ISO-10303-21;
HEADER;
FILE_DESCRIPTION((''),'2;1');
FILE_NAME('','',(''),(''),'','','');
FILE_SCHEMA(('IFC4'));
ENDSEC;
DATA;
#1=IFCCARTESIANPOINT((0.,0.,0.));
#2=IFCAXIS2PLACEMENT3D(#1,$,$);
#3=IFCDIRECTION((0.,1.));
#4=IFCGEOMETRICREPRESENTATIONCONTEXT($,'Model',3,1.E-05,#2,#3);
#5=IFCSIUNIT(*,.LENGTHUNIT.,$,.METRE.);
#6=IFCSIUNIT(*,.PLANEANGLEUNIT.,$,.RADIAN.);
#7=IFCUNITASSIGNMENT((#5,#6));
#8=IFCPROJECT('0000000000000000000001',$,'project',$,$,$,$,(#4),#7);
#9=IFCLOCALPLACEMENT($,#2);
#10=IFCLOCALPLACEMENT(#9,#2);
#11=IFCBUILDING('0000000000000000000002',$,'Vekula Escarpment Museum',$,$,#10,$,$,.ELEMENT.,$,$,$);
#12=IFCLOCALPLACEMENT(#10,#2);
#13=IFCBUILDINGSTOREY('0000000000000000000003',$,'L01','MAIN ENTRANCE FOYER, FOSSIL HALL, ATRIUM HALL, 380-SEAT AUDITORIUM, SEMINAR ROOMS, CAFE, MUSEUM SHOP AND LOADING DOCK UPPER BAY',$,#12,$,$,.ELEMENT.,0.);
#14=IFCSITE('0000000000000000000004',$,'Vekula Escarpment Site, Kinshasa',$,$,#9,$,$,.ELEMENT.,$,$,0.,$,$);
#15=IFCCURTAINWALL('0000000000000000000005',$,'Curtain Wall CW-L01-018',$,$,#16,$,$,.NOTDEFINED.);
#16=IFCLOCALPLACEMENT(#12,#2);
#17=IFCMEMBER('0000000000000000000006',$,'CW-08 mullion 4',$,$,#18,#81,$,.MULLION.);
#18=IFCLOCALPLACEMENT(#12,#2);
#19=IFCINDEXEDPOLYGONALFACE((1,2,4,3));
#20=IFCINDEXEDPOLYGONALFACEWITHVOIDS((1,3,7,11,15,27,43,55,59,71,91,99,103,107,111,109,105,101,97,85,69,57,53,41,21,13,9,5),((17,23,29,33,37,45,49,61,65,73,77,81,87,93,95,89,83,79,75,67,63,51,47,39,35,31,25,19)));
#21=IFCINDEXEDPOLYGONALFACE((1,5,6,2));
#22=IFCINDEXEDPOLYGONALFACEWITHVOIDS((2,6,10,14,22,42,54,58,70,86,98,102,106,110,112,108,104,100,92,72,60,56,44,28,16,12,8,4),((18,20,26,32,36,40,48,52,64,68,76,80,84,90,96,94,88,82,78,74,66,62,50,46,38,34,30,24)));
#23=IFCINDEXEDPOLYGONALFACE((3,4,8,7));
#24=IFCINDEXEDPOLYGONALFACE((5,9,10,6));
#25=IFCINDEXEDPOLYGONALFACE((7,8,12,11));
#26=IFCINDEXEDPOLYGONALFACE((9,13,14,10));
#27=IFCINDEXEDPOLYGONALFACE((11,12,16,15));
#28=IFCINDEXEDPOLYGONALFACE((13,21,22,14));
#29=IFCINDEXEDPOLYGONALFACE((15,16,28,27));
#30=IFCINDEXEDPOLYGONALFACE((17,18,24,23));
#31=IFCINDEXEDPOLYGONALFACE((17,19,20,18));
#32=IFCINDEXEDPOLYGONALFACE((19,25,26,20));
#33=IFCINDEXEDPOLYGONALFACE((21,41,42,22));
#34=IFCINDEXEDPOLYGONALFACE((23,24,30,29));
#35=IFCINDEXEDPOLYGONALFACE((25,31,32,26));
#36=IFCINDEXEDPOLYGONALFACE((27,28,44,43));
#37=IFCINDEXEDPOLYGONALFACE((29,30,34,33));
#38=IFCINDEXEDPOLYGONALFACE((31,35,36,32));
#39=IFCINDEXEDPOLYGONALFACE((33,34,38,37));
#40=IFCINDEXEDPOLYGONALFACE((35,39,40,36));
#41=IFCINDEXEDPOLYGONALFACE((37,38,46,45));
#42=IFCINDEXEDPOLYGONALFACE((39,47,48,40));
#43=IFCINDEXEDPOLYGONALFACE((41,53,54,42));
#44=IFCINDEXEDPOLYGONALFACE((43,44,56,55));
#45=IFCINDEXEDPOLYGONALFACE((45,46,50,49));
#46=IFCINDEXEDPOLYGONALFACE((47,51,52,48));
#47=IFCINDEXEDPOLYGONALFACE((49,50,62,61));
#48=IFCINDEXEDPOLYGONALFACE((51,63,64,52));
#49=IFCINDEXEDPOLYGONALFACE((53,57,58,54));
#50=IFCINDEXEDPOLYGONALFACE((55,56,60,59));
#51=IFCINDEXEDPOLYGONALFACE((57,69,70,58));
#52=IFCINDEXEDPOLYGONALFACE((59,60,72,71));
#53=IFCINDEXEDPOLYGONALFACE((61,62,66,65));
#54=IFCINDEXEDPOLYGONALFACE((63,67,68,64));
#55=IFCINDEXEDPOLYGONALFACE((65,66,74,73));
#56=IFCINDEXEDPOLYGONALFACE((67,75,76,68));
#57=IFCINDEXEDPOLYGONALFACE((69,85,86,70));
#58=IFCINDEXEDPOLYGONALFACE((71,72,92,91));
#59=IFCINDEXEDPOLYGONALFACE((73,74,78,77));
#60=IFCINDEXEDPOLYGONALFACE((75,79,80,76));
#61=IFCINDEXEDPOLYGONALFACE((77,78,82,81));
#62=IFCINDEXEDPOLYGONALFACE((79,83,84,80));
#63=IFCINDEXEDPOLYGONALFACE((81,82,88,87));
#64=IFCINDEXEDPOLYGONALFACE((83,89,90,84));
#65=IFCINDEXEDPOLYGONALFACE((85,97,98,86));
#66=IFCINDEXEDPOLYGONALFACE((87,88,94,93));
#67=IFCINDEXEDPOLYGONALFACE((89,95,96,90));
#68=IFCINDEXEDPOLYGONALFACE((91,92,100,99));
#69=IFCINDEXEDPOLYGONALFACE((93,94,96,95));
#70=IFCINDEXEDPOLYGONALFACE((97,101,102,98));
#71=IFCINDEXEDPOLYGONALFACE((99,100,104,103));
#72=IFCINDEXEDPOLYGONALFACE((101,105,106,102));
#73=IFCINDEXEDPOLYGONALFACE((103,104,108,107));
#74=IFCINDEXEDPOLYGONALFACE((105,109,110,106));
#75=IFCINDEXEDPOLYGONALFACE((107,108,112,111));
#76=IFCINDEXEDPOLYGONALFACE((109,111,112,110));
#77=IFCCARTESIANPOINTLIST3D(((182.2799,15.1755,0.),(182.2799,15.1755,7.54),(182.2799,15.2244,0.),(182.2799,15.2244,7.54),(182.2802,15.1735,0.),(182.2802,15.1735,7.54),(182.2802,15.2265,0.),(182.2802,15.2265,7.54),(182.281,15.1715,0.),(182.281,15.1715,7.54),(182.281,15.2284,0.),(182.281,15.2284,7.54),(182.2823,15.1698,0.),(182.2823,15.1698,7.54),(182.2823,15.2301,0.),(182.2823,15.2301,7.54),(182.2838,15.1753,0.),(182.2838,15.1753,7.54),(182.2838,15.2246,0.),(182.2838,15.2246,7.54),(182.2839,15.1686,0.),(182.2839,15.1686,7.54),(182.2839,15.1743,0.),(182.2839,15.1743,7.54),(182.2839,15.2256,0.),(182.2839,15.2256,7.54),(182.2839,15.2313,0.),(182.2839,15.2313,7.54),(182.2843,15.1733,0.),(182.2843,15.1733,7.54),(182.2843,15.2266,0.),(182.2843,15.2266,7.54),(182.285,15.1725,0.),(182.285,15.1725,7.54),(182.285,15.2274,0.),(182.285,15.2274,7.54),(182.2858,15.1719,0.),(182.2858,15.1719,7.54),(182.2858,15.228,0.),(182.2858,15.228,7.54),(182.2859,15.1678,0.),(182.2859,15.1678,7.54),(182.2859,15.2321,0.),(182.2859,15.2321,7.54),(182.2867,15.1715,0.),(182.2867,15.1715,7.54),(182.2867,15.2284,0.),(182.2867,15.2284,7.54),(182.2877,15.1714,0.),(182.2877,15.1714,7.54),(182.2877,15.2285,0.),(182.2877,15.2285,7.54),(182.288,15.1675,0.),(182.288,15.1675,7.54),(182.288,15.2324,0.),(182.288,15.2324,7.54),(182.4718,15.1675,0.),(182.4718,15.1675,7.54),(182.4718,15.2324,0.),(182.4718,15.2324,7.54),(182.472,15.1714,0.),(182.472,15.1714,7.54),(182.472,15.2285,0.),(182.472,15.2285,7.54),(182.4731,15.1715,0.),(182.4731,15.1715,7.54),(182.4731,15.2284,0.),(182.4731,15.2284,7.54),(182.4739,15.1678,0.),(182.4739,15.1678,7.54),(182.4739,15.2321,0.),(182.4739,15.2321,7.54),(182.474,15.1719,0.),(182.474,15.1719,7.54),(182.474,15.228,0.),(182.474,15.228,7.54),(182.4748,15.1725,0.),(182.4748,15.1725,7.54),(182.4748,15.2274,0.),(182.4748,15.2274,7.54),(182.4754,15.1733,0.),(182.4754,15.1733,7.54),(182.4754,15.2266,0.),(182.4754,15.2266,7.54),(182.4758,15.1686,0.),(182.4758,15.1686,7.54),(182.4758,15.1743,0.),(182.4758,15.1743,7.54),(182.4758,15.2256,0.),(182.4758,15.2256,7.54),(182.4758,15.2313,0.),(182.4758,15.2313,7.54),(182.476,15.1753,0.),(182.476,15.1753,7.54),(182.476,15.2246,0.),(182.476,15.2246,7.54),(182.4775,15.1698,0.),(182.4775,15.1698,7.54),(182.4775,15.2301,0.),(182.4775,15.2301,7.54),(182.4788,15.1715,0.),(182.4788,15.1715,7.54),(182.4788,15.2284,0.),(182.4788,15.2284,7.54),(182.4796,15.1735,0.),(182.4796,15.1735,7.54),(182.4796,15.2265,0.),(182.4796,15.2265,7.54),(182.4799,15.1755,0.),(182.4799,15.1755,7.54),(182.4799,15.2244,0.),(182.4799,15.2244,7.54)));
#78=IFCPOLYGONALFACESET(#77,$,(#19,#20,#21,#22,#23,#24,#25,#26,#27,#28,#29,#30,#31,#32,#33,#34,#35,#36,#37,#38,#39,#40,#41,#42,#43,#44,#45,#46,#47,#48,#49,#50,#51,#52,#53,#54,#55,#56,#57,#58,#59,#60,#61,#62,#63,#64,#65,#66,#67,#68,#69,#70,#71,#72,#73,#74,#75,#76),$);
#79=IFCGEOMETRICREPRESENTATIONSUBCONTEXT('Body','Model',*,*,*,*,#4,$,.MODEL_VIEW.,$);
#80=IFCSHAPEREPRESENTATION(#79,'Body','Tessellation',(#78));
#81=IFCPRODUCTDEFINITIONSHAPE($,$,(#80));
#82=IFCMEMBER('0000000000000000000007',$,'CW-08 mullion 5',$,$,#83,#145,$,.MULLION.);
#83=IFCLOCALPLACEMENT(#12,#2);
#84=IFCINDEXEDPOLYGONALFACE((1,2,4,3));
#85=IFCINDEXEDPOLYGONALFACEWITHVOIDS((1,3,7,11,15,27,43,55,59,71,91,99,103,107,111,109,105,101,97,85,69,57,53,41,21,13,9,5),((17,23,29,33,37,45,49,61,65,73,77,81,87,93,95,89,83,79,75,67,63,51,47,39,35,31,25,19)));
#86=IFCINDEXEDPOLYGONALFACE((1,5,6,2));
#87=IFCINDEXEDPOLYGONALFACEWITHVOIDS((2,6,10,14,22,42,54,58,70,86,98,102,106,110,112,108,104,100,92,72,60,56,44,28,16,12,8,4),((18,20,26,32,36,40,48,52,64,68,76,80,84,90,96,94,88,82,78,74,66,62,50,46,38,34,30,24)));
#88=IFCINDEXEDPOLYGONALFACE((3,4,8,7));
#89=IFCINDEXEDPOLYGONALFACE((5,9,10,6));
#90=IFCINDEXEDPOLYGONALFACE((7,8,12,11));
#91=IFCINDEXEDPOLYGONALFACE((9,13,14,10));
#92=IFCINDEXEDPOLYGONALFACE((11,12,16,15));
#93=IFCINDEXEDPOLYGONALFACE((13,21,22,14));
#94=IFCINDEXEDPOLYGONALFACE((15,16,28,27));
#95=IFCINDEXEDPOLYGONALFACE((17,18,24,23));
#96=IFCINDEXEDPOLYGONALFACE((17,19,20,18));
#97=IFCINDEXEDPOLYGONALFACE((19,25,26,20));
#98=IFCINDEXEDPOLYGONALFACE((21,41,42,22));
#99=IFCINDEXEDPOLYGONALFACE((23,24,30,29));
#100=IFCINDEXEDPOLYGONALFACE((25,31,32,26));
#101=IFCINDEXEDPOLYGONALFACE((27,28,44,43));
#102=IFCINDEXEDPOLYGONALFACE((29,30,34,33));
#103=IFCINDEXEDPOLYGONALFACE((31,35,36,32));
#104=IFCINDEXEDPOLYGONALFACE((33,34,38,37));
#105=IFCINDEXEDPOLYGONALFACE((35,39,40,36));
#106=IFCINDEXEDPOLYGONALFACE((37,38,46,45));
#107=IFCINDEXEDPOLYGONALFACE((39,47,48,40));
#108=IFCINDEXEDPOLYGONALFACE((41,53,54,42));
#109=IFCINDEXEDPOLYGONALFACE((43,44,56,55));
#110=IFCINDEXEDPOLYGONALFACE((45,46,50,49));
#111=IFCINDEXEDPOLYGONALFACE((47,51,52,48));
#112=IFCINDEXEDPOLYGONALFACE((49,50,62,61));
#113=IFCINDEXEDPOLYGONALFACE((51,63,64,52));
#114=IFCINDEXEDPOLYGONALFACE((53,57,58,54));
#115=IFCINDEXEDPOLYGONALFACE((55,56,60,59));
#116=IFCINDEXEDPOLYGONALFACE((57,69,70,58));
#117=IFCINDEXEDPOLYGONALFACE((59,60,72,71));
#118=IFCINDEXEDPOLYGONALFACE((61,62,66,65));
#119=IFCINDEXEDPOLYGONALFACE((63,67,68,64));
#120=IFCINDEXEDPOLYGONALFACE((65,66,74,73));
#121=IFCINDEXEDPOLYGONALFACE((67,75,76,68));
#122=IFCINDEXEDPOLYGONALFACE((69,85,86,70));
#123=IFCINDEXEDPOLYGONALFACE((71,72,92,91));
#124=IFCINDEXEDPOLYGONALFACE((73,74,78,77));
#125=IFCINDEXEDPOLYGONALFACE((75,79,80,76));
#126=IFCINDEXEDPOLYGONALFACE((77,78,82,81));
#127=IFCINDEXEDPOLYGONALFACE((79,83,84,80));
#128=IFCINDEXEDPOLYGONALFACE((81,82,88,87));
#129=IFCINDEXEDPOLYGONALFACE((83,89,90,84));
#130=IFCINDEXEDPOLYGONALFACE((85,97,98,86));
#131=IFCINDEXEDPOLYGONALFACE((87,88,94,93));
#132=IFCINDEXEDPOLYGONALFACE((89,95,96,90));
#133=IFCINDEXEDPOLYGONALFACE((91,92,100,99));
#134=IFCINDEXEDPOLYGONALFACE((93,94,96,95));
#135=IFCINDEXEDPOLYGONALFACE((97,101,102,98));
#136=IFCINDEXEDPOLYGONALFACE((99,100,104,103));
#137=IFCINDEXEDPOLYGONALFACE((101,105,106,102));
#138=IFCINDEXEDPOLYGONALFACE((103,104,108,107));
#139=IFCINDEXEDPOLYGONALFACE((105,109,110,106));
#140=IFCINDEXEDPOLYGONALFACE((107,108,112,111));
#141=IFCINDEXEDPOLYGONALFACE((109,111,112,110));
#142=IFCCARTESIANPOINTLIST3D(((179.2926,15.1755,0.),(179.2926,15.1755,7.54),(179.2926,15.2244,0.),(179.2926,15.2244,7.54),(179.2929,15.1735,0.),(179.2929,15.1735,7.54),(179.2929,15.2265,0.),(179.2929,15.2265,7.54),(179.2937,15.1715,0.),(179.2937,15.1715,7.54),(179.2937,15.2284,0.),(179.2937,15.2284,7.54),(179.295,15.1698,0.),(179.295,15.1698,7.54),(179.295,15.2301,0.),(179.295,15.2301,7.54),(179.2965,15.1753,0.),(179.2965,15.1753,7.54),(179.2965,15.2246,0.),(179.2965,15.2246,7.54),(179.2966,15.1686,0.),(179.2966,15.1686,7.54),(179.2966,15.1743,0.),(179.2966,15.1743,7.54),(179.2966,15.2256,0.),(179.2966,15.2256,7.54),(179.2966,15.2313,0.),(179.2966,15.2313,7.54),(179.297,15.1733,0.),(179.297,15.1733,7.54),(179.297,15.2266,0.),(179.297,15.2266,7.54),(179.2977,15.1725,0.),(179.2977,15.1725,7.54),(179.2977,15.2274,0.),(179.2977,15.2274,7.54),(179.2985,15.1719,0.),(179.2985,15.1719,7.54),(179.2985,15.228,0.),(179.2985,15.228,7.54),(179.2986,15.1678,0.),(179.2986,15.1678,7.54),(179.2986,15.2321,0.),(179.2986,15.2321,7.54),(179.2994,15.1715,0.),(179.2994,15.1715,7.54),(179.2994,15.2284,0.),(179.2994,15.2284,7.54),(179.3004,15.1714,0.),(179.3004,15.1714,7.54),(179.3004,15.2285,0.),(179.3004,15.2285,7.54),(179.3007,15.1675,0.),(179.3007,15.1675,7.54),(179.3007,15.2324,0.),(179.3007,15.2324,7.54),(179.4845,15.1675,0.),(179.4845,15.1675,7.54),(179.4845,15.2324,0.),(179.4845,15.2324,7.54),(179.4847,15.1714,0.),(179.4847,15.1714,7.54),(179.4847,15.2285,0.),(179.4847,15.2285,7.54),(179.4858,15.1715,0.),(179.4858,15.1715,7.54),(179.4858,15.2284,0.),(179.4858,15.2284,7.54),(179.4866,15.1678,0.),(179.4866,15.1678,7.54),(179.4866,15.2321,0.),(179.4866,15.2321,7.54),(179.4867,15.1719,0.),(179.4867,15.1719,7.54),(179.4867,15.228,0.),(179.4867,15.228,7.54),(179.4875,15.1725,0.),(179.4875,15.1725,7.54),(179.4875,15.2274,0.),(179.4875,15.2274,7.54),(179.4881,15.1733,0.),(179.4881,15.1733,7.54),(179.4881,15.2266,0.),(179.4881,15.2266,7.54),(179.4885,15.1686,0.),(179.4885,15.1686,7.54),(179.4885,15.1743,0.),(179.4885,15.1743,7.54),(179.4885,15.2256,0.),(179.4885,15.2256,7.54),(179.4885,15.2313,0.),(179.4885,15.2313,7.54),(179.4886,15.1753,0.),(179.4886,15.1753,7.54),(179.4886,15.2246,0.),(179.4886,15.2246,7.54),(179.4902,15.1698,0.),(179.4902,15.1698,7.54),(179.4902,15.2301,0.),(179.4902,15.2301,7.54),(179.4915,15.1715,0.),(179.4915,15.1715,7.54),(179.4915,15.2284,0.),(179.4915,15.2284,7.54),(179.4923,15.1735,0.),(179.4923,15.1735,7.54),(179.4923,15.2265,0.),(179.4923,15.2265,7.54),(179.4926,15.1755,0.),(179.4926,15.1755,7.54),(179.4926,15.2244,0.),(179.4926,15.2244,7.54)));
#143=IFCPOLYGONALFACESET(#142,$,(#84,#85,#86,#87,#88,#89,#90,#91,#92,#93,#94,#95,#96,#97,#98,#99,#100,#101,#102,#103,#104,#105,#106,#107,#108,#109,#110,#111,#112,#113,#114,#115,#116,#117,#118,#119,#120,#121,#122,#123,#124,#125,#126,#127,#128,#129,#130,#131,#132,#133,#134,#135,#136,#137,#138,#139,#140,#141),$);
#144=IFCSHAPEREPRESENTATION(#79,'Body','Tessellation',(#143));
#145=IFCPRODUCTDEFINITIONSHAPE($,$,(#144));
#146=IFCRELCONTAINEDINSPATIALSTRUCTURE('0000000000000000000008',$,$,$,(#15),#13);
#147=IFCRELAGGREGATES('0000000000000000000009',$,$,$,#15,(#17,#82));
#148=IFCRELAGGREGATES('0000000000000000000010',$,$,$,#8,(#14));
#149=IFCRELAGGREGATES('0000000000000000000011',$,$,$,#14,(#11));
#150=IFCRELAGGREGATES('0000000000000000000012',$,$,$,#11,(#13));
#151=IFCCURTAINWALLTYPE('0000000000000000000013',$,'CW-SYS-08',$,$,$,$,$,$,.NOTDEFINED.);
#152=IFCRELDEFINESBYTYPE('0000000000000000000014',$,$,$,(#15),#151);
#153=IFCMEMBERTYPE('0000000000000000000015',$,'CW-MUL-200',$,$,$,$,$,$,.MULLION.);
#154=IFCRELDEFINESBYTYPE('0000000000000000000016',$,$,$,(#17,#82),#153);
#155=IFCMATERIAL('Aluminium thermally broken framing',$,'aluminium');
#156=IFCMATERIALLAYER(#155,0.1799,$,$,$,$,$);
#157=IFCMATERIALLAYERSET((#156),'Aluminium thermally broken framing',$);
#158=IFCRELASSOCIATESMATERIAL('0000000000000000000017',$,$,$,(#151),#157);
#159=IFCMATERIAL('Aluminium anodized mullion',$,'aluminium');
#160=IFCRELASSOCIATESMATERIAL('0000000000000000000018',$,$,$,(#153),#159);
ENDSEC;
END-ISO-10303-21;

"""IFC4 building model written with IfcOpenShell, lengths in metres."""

from ifc_helpers import new_model, si_unit, direction, frame, origin, origin_2d, place, context, subcontext, project, spatial, hollow_rectangle, extrude, material, layer, layer_set, material_profile, profile_set, type_object, element, aggregate, save


model = new_model("IFC4")

# Units and contexts
model_context = context("Model", 3, precision=1e-05, world=origin(), true_north=direction((0.0, 1.0)))
body_context = subcontext(model_context, "Body", "Model", "MODEL_VIEW")
ifc_project = project(units=[si_unit("LENGTHUNIT", "METRE"), si_unit("PLANEANGLEUNIT", "RADIAN")], contexts=[model_context])

# Site, building, storey
site_placement = place(None, origin())
site = spatial("IfcSite", under=ifc_project, at=site_placement, Name="Vekula Escarpment Site, Kinshasa", CompositionType="ELEMENT", RefElevation=0.0)
building_placement = place(site_placement, origin())
building = spatial("IfcBuilding", under=site, at=building_placement, Name="Vekula Escarpment Museum", CompositionType="ELEMENT")
storey_placement = place(building_placement, origin())
storey = spatial("IfcBuildingStorey", under=building, at=storey_placement, Name="L01", Description="MAIN ENTRANCE FOYER, FOSSIL HALL, ATRIUM HALL, 380-SEAT AUDITORIUM, SEMINAR ROOMS, CAFE, MUSEUM SHOP AND LOADING DOCK UPPER BAY", CompositionType="ELEMENT", Elevation=0.0)

# Curtain wall, members
ifc_material_1 = material(Name="Aluminium thermally broken framing", Category="aluminium")
ifc_layer_1 = layer(ifc_material_1, 0.1799)
ifc_layer_set_1 = layer_set([ifc_layer_1], Name="Aluminium thermally broken framing")
curtain_wall_type = type_object("IfcCurtainWallType", Name="CW-SYS-08", PredefinedType="NOTDEFINED", material=ifc_layer_set_1)
curtain_wall_placement = place(storey_placement, origin())
curtain_wall = element("IfcCurtainWall", 1, at=curtain_wall_placement, inside=storey, type_object=curtain_wall_type, Name="Curtain Wall CW-L01-018", PredefinedType="NOTDEFINED")
ifc_material_2 = material(Name="Aluminium anodized mullion", Category="aluminium")
ifc_material_profile_1 = material_profile(ifc_material_2, hollow_rectangle(XDim=0.0649, YDim=0.2, WallThickness=0.0039, InnerFilletRadius=0.0039, OuterFilletRadius=0.0081, at=origin_2d()), Name="ALU 200x65x4")
ifc_profile_set_1 = profile_set([ifc_material_profile_1], Name="Aluminium anodized mullion")
member_type_1 = type_object("IfcMemberType", Name="CW-MUL-200", PredefinedType="MULLION", material=ifc_profile_set_1)
member_1_placement = place(storey_placement, frame((182.3799, 15.2, 0.0), z_axis=(0.0, 0.0, 1.0), x_axis=(0.0, -1.0, 0.0)))
member_1 = element("IfcMember", 2, at=member_1_placement, type_object=member_type_1, Name="CW-08 mullion 4", PredefinedType="MULLION", context=body_context, shape_type="SweptSolid", body=[
    extrude(hollow_rectangle(XDim=0.0649, YDim=0.2, WallThickness=0.0039, InnerFilletRadius=0.0039, OuterFilletRadius=0.0081, at=origin_2d()), origin(), (0.0, 0.0, 1.0), 7.54),
])
member_2_placement = place(storey_placement, frame((179.3926, 15.2, 0.0), z_axis=(0.0, 0.0, 1.0), x_axis=(0.0, -1.0, 0.0)))
member_2 = element("IfcMember", 3, at=member_2_placement, type_object=member_type_1, Name="CW-08 mullion 5", PredefinedType="MULLION", context=body_context, shape_type="SweptSolid", body=[
    extrude(hollow_rectangle(XDim=0.0649, YDim=0.2, WallThickness=0.0039, InnerFilletRadius=0.0039, OuterFilletRadius=0.0081, at=origin_2d()), origin(), (0.0, 0.0, 1.0), 7.54),
])
aggregate(curtain_wall, [member_1, member_2])

save(model, "model.ifc")
